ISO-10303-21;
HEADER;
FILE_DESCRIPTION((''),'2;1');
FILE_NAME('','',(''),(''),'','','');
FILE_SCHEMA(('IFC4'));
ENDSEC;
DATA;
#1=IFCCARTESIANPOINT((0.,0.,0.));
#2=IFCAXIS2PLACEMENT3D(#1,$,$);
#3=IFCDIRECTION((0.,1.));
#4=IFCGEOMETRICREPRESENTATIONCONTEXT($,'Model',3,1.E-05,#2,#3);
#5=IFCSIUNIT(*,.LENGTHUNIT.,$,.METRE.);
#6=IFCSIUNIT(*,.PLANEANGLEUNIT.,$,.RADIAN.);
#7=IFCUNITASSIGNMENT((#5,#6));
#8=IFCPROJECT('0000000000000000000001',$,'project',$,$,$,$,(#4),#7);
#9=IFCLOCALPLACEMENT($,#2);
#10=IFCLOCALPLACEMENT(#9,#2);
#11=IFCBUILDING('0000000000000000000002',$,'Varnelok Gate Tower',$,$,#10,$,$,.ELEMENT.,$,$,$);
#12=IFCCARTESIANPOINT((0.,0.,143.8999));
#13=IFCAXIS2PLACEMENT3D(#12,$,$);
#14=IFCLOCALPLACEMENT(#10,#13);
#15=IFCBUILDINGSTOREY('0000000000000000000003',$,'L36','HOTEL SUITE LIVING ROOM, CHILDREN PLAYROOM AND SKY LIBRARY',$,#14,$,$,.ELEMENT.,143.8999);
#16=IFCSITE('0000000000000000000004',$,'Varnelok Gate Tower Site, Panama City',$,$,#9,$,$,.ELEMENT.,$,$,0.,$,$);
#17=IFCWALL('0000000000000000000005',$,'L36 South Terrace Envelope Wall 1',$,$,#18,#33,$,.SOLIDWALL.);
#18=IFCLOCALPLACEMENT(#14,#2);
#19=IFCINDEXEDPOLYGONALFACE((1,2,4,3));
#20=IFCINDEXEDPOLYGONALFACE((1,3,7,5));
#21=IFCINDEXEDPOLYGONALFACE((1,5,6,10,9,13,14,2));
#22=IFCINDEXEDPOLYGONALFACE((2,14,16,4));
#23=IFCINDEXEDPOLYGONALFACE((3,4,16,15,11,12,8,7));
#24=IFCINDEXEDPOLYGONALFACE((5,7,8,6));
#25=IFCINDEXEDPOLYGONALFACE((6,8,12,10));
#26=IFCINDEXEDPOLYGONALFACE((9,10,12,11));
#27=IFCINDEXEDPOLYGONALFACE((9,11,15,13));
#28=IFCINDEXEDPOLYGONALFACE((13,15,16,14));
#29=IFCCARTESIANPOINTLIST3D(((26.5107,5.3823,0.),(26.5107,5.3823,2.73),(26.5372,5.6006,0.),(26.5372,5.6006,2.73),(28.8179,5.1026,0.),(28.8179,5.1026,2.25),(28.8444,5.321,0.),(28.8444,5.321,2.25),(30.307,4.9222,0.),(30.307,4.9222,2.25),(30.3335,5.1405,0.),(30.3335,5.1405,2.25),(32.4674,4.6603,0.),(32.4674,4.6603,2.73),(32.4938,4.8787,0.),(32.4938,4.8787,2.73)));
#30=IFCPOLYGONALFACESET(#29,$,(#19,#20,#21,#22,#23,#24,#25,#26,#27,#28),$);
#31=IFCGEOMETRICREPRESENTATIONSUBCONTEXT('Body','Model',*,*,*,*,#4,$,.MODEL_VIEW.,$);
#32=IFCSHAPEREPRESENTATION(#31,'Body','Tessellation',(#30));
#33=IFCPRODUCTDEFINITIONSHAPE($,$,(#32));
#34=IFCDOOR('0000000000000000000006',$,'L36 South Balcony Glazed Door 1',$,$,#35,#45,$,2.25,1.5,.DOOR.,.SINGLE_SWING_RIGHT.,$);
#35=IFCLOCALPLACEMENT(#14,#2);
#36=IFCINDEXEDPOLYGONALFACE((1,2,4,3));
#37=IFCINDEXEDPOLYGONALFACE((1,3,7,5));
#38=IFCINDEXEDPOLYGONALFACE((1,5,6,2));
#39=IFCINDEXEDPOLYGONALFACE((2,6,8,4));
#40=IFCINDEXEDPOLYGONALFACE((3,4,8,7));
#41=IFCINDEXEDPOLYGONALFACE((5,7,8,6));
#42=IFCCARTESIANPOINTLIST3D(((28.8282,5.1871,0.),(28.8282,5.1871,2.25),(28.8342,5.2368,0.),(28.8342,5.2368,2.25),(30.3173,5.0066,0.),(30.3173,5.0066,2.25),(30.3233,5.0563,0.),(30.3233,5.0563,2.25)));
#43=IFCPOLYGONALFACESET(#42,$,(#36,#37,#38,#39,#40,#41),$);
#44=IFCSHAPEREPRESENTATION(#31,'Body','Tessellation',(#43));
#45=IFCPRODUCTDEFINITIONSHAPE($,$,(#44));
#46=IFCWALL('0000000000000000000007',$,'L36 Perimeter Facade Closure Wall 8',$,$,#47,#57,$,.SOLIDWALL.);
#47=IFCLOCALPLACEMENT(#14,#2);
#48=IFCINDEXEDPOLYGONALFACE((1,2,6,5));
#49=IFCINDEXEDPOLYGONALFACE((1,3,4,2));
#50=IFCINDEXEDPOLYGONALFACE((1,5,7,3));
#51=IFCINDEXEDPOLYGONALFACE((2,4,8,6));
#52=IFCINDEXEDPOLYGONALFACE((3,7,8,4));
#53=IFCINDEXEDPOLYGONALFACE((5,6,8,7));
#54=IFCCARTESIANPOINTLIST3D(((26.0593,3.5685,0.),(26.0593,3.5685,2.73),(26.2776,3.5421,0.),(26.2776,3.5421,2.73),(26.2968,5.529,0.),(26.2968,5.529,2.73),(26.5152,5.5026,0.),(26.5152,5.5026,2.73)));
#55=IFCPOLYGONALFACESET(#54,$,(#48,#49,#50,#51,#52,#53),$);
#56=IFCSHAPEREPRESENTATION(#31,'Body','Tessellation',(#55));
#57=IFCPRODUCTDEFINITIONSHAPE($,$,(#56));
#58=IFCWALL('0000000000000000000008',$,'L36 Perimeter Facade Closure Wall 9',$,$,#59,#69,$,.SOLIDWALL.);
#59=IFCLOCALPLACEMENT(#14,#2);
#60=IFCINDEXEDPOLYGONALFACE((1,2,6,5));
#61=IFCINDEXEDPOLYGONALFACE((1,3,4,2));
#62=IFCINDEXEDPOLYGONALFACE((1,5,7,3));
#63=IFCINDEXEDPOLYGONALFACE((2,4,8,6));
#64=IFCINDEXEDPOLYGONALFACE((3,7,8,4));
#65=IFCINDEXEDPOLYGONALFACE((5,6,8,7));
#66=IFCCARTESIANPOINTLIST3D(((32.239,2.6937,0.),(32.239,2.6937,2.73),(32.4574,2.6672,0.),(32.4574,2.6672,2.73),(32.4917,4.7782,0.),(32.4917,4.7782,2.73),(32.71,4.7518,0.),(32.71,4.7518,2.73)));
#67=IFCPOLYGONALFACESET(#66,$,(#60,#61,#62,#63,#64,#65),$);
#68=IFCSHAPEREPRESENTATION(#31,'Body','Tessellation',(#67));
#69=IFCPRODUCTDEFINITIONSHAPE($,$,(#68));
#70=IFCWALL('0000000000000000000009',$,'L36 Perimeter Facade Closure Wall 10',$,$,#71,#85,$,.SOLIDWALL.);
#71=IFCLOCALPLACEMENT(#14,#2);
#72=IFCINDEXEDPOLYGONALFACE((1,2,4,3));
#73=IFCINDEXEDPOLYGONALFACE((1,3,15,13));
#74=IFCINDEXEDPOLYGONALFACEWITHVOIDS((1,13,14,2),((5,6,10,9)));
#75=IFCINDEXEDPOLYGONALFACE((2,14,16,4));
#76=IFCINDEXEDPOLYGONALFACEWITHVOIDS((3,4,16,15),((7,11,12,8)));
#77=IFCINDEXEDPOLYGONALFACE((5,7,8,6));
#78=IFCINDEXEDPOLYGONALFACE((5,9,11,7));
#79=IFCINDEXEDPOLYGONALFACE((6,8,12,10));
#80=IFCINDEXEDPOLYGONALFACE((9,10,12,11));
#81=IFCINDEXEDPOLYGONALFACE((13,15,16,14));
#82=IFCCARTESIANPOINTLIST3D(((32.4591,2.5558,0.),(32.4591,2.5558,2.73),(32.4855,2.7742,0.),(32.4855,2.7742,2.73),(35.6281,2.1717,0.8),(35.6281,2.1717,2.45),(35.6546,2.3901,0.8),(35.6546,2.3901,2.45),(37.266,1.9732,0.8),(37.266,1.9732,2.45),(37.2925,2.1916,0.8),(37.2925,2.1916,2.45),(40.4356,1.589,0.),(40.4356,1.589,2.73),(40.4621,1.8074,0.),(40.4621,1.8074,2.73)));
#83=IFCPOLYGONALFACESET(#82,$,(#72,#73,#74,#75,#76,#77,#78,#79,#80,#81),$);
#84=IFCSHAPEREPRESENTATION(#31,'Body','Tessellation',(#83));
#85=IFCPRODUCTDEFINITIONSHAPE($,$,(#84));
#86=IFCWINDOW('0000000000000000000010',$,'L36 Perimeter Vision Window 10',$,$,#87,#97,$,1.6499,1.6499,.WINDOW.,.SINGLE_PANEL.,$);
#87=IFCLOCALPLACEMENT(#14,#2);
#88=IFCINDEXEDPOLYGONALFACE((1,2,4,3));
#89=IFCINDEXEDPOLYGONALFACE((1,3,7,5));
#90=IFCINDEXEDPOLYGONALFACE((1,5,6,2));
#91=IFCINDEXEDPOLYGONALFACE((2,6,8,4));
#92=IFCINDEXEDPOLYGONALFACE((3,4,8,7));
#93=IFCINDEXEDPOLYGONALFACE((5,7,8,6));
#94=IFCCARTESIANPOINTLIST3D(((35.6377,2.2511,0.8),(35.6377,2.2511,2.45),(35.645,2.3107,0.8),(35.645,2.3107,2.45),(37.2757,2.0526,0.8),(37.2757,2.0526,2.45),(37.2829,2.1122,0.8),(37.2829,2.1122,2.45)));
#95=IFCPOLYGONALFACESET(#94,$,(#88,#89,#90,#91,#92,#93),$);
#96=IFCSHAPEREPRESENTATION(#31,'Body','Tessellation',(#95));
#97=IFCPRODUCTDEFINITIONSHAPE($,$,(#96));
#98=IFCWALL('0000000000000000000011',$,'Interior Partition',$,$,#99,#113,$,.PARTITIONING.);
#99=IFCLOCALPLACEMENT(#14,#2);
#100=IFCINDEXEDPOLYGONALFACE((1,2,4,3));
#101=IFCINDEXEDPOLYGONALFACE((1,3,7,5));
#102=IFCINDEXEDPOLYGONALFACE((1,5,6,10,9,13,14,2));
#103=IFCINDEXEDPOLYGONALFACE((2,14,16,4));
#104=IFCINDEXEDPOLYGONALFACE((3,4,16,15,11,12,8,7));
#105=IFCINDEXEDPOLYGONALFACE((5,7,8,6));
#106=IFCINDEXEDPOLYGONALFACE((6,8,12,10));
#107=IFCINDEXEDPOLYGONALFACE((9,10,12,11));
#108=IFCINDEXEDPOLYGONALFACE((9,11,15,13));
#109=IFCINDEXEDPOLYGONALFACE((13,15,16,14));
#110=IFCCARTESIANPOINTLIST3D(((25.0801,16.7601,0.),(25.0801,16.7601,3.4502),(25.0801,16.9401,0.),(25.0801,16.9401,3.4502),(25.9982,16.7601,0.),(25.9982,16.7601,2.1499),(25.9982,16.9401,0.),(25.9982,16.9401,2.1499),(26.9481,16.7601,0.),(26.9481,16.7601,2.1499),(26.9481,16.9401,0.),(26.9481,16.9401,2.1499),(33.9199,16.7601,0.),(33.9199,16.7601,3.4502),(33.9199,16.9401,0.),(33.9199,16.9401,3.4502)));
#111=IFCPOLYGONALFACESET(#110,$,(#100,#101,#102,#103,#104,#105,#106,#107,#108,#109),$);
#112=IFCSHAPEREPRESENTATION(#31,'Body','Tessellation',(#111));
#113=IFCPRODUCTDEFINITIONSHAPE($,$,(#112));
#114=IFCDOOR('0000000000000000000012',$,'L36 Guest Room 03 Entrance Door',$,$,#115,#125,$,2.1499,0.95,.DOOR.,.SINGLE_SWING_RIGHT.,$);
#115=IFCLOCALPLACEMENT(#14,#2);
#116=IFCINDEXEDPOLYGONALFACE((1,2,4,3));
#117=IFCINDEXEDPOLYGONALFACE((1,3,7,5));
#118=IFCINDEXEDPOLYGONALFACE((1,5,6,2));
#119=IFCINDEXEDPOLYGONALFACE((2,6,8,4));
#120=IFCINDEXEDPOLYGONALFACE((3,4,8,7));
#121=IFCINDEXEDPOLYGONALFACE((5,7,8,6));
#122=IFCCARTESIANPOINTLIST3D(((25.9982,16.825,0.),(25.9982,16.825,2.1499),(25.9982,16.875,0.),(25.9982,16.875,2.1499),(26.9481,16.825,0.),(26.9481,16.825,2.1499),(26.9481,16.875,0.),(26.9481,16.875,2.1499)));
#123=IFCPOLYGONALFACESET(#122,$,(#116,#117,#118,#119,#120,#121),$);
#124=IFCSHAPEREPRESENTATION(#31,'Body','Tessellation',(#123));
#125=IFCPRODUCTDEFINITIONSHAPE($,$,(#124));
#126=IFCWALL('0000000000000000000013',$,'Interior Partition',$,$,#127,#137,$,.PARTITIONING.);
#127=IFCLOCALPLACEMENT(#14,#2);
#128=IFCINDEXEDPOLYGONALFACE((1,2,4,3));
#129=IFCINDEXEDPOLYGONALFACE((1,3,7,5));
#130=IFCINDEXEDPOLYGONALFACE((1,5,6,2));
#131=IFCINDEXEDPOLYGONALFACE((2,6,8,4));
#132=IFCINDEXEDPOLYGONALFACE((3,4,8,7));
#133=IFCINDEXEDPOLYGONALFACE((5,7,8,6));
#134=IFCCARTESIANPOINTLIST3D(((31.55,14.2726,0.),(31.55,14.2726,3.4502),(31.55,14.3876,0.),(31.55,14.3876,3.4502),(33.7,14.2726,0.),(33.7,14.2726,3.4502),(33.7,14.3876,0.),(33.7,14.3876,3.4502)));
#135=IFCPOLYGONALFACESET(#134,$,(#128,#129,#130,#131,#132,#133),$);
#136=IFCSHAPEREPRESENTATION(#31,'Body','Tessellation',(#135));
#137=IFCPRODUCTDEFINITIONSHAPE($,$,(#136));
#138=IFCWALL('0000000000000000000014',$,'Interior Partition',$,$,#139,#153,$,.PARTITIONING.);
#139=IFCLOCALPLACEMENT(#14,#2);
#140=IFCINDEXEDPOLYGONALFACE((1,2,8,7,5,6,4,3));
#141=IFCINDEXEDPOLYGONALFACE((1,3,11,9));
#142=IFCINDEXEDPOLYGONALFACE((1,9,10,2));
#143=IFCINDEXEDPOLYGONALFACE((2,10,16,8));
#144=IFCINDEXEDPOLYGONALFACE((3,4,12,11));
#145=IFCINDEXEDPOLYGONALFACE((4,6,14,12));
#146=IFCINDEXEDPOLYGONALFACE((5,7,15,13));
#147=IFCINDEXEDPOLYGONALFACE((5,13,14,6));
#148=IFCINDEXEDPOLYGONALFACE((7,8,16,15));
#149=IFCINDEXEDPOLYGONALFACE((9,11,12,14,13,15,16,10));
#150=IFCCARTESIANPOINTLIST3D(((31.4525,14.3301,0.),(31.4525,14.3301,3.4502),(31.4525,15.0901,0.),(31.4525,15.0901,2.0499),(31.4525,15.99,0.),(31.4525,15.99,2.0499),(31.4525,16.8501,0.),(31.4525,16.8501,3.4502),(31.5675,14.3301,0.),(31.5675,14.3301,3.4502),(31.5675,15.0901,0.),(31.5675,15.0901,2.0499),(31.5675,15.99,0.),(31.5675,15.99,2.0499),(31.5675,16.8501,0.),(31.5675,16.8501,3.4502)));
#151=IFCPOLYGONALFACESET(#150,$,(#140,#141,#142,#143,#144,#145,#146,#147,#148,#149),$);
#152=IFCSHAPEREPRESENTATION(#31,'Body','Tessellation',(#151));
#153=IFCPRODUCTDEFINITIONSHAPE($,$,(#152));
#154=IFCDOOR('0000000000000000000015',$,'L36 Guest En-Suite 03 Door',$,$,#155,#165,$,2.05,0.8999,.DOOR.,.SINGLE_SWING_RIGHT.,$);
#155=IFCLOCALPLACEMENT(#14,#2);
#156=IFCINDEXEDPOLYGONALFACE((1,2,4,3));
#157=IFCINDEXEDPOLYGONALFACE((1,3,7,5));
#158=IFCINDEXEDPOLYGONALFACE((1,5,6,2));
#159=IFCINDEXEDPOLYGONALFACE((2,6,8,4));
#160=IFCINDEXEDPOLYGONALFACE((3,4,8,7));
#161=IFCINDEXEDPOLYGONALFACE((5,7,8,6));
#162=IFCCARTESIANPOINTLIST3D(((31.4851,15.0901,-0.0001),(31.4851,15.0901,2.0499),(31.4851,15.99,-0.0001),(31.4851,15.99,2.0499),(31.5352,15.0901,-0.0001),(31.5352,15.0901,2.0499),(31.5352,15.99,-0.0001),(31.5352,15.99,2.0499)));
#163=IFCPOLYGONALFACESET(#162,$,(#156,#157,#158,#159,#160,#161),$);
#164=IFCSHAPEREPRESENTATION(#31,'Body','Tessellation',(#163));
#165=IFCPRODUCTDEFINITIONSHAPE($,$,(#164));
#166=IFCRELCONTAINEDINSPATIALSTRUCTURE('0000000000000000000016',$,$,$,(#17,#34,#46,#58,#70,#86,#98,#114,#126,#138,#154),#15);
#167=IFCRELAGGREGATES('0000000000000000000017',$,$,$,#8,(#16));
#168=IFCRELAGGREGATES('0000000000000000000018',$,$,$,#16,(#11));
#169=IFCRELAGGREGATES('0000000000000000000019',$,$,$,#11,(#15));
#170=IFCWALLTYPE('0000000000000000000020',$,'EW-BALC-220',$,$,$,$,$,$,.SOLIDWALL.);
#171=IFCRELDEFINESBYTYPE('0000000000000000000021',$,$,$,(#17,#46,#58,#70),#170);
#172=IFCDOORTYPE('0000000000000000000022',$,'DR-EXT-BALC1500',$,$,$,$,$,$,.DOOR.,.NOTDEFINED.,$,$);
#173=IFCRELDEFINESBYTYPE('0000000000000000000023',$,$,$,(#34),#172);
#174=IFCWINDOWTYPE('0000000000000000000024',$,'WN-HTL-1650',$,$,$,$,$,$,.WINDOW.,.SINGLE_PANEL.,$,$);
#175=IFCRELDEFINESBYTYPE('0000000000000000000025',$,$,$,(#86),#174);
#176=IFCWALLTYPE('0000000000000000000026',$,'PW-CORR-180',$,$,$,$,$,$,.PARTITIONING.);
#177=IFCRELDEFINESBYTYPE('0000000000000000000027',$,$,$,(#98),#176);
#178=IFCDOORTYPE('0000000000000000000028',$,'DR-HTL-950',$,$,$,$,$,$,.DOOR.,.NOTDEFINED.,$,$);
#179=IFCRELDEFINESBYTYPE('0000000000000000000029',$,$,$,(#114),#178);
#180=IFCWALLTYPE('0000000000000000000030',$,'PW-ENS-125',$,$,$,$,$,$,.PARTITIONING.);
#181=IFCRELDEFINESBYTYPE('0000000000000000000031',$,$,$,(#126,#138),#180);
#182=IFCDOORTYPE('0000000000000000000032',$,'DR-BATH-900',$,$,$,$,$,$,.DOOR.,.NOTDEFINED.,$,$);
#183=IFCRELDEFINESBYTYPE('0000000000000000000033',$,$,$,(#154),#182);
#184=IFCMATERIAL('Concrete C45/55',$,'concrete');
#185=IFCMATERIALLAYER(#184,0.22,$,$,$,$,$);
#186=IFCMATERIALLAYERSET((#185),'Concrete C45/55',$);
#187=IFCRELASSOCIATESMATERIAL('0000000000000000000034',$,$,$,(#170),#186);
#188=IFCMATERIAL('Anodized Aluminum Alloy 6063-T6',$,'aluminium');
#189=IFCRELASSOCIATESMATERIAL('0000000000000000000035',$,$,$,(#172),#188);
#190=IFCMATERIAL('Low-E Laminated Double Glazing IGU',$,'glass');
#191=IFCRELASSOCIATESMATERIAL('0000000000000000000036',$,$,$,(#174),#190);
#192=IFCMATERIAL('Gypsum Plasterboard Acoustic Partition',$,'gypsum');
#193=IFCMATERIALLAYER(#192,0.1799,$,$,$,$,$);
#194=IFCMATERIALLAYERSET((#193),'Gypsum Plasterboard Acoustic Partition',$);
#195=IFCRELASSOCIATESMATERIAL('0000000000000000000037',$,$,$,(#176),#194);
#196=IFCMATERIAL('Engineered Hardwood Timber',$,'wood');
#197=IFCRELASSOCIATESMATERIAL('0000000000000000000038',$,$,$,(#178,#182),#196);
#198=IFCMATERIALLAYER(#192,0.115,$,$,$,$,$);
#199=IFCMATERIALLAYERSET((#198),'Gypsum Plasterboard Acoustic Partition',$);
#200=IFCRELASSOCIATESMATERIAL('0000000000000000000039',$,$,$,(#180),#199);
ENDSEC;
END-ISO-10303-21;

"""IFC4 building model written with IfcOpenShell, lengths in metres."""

from ifc_helpers import new_model, si_unit, direction, frame, frame_2d, origin, place, context, subcontext, project, spatial, rectangle, extrude, material, layer, layer_set, type_object, element, fill, save


model = new_model("IFC4")

# Units and contexts
model_context = context("Model", 3, precision=1e-05, world=origin(), true_north=direction((0.0, 1.0)))
body_context = subcontext(model_context, "Body", "Model", "MODEL_VIEW")
ifc_project = project(units=[si_unit("LENGTHUNIT", "METRE"), si_unit("PLANEANGLEUNIT", "RADIAN")], contexts=[model_context])

# Site, building, storey
site_placement = place(None, origin())
site = spatial("IfcSite", under=ifc_project, at=site_placement, Name="Varnelok Gate Tower Site, Panama City", CompositionType="ELEMENT", RefElevation=0.0)
building_placement = place(site_placement, origin())
building = spatial("IfcBuilding", under=site, at=building_placement, Name="Varnelok Gate Tower", CompositionType="ELEMENT")
storey_placement = place(building_placement, frame((0.0, 0.0, 143.8999)))
storey = spatial("IfcBuildingStorey", under=building, at=storey_placement, Name="L36", Description="HOTEL SUITE LIVING ROOM, CHILDREN PLAYROOM AND SKY LIBRARY", CompositionType="ELEMENT", Elevation=143.8999)

# Wall, opening, door
ifc_material_1 = material(Name="Concrete C45/55", Category="concrete")
ifc_layer_1 = layer(ifc_material_1, 0.22)
ifc_layer_set_1 = layer_set([ifc_layer_1], Name="Concrete C45/55")
wall_type_1 = type_object("IfcWallType", Name="EW-BALC-220", PredefinedType="SOLIDWALL", material=ifc_layer_set_1)
wall_1_placement = place(storey_placement, frame((32.4805, 4.7695, 0.0), z_axis=(0.0, 0.0, 1.0), x_axis=(-0.992735, 0.120318, 0.0)))
wall_1 = element("IfcWall", 1, at=wall_1_placement, inside=storey, type_object=wall_type_1, Name="L36 South Terrace Envelope Wall 1", PredefinedType="SOLIDWALL", context=body_context, shape_type="SweptSolid", body=[
    extrude(rectangle(XDim=6.0002, YDim=0.22, at=frame_2d((3.0, 0.0))), origin(), (0.0, 0.0, 1.0), 2.73),
])
opening_1_placement = place(wall_1_placement, frame((2.176, 0.0, 0.0)))
opening_1 = element("IfcOpeningElement", 2, at=opening_1_placement, cuts=wall_1, PredefinedType="OPENING", context=body_context, shape_type="SweptSolid", body=[
    extrude(rectangle(XDim=1.5, YDim=2.25, at=frame_2d((0.75, 1.125))), frame((0.0, 0.1199, 0.0), z_axis=(0.0, -1.0, 0.0), x_axis=(1.0, 0.0, 0.0)), (0.0, 0.0, 1.0), 0.24),
])
ifc_material_2 = material(Name="Anodized Aluminum Alloy 6063-T6", Category="aluminium")
door_type_1 = type_object("IfcDoorType", Name="DR-EXT-BALC1500", OperationType="NOTDEFINED", PredefinedType="DOOR", material=ifc_material_2)
door_1_placement = place(opening_1_placement, origin())
door_1 = element("IfcDoor", 3, at=door_1_placement, inside=storey, type_object=door_type_1, Name="L36 South Balcony Glazed Door 1", OperationType="SINGLE_SWING_RIGHT", OverallHeight=2.25, OverallWidth=1.5, PredefinedType="DOOR", context=body_context, shape_type="SweptSolid", body=[
    extrude(rectangle(XDim=1.5, YDim=2.25, at=frame_2d((0.75, 1.125))), frame((0.0, 0.0249, 0.0), z_axis=(0.0, -1.0, 0.0), x_axis=(1.0, 0.0, 0.0)), (0.0, 0.0, 1.0), 0.05),
])
fill(opening_1, door_1)

# Walls
wall_2_placement = place(storey_placement, frame((26.1685, 3.5554, 0.0), z_axis=(0.0, 0.0, 1.0), x_axis=(0.120291, 0.992739, 0.0)))
element("IfcWall", 4, at=wall_2_placement, inside=storey, type_object=wall_type_1, Name="L36 Perimeter Facade Closure Wall 8", PredefinedType="SOLIDWALL", context=body_context, shape_type="SweptSolid", body=[
    extrude(rectangle(XDim=1.9749, YDim=0.22, at=frame_2d((0.9873, 0.0))), origin(), (0.0, 0.0, 1.0), 2.73),
])
wall_3_placement = place(storey_placement, frame((32.6008, 4.7649, 0.0), z_axis=(0.0, 0.0, 1.0), x_axis=(-0.120328, -0.992734, 0.0)))
element("IfcWall", 5, at=wall_3_placement, inside=storey, type_object=wall_type_1, Name="L36 Perimeter Facade Closure Wall 9", PredefinedType="SOLIDWALL", context=body_context, shape_type="SweptSolid", body=[
    extrude(rectangle(XDim=2.0999, YDim=0.22, at=frame_2d((1.0498, 0.0))), origin(), (0.0, 0.0, 1.0), 2.73),
])

# Wall, opening, window
wall_4_placement = place(storey_placement, frame((32.4722, 2.665, 0.0), z_axis=(0.0, 0.0, 1.0), x_axis=(0.992735, -0.120324, 0.0)))
wall_4 = element("IfcWall", 6, at=wall_4_placement, inside=storey, type_object=wall_type_1, Name="L36 Perimeter Facade Closure Wall 10", PredefinedType="SOLIDWALL", context=body_context, shape_type="SweptSolid", body=[
    extrude(rectangle(XDim=8.0349, YDim=0.22, at=frame_2d((4.0176, 0.0))), origin(), (0.0, 0.0, 1.0), 2.73),
])
opening_2_placement = place(wall_4_placement, frame((3.1924, 0.0, 0.8)))
opening_2 = element("IfcOpeningElement", 7, at=opening_2_placement, cuts=wall_4, PredefinedType="OPENING", context=body_context, shape_type="SweptSolid", body=[
    extrude(rectangle(XDim=1.6499, YDim=1.6499, at=frame_2d((0.825, 0.825))), frame((0.0, 0.1199, 0.0), z_axis=(0.0, -1.0, 0.0), x_axis=(1.0, 0.0, 0.0)), (0.0, 0.0, 1.0), 0.24),
])
ifc_material_3 = material(Name="Low-E Laminated Double Glazing IGU", Category="glass")
window_type = type_object("IfcWindowType", Name="WN-HTL-1650", PartitioningType="SINGLE_PANEL", PredefinedType="WINDOW", material=ifc_material_3)
window_placement = place(opening_2_placement, origin())
window = element("IfcWindow", 8, at=window_placement, inside=storey, type_object=window_type, Name="L36 Perimeter Vision Window 10", OverallHeight=1.6499, OverallWidth=1.6499, PartitioningType="SINGLE_PANEL", PredefinedType="WINDOW", context=body_context, shape_type="SweptSolid", body=[
    extrude(rectangle(XDim=1.6499, YDim=1.6499, at=frame_2d((0.825, 0.825))), frame((0.0, 0.03, 0.0), z_axis=(0.0, -1.0, 0.0), x_axis=(1.0, 0.0, 0.0)), (0.0, 0.0, 1.0), 0.0601),
])
fill(opening_2, window)

# Wall, opening, door
ifc_material_4 = material(Name="Gypsum Plasterboard Acoustic Partition", Category="gypsum")
ifc_layer_2 = layer(ifc_material_4, 0.1799)
ifc_layer_set_2 = layer_set([ifc_layer_2], Name="Gypsum Plasterboard Acoustic Partition")
wall_type_2 = type_object("IfcWallType", Name="PW-CORR-180", PredefinedType="PARTITIONING", material=ifc_layer_set_2)
wall_5_placement = place(storey_placement, frame((25.0801, 16.8501, 0.0), z_axis=(0.0, 0.0, 1.0), x_axis=(1.0, 0.0, 0.0)))
wall_5 = element("IfcWall", 9, at=wall_5_placement, inside=storey, type_object=wall_type_2, Name="Interior Partition", PredefinedType="PARTITIONING", context=body_context, shape_type="SweptSolid", body=[
    extrude(rectangle(XDim=8.8398, YDim=0.1799, at=frame_2d((4.4199, 0.0))), origin(), (0.0, 0.0, 1.0), 3.4502),
])
opening_3_placement = place(wall_5_placement, frame((0.918, 0.0, 0.0)))
opening_3 = element("IfcOpeningElement", 10, at=opening_3_placement, cuts=wall_5, PredefinedType="OPENING", context=body_context, shape_type="SweptSolid", body=[
    extrude(rectangle(XDim=0.95, YDim=2.1499, at=frame_2d((0.4751, 1.075))), frame((0.0, 0.0999, 0.0), z_axis=(0.0, -1.0, 0.0), x_axis=(1.0, 0.0, 0.0)), (0.0, 0.0, 1.0), 0.2),
])
ifc_material_5 = material(Name="Engineered Hardwood Timber", Category="wood")
door_type_2 = type_object("IfcDoorType", Name="DR-HTL-950", OperationType="NOTDEFINED", PredefinedType="DOOR", material=ifc_material_5)
door_2_placement = place(opening_3_placement, origin())
door_2 = element("IfcDoor", 11, at=door_2_placement, inside=storey, type_object=door_type_2, Name="L36 Guest Room 03 Entrance Door", OperationType="SINGLE_SWING_RIGHT", OverallHeight=2.1499, OverallWidth=0.95, PredefinedType="DOOR", context=body_context, shape_type="SweptSolid", body=[
    extrude(rectangle(XDim=0.95, YDim=2.1499, at=frame_2d((0.4751, 1.075))), frame((0.0, 0.0249, 0.0), z_axis=(0.0, -1.0, 0.0), x_axis=(1.0, 0.0, 0.0)), (0.0, 0.0, 1.0), 0.05),
])
fill(opening_3, door_2)

# Wall
ifc_layer_3 = layer(ifc_material_4, 0.115)
ifc_layer_set_3 = layer_set([ifc_layer_3], Name="Gypsum Plasterboard Acoustic Partition")
wall_type_3 = type_object("IfcWallType", Name="PW-ENS-125", PredefinedType="PARTITIONING", material=ifc_layer_set_3)
wall_6_placement = place(storey_placement, frame((31.55, 14.3301, 0.0), z_axis=(0.0, 0.0, 1.0), x_axis=(1.0, 0.0, 0.0)))
element("IfcWall", 12, at=wall_6_placement, inside=storey, type_object=wall_type_3, Name="Interior Partition", PredefinedType="PARTITIONING", context=body_context, shape_type="SweptSolid", body=[
    extrude(rectangle(XDim=2.1499, YDim=0.115, at=frame_2d((1.075, 0.0))), origin(), (0.0, 0.0, 1.0), 3.4502),
])

# Wall, opening, door
wall_7_placement = place(storey_placement, frame((31.51, 14.3301, 0.0), z_axis=(0.0, 0.0, 1.0), x_axis=(0.0, 1.0, 0.0)))
wall_7 = element("IfcWall", 13, at=wall_7_placement, inside=storey, type_object=wall_type_3, Name="Interior Partition", PredefinedType="PARTITIONING", context=body_context, shape_type="SweptSolid", body=[
    extrude(rectangle(XDim=2.52, YDim=0.115, at=frame_2d((1.26, 0.0))), origin(), (0.0, 0.0, 1.0), 3.4502),
])
opening_4_placement = place(wall_7_placement, frame((0.76, 0.0, 0.0)))
opening_4 = element("IfcOpeningElement", 14, at=opening_4_placement, cuts=wall_7, PredefinedType="OPENING", context=body_context, shape_type="SweptSolid", body=[
    extrude(rectangle(XDim=0.8999, YDim=2.05, at=frame_2d((0.45, 1.0249))), frame((0.0, 0.0674, 0.0), z_axis=(0.0, -1.0, 0.0), x_axis=(1.0, 0.0, 0.0)), (0.0, 0.0, 1.0), 0.135),
])
door_type_3 = type_object("IfcDoorType", Name="DR-BATH-900", OperationType="NOTDEFINED", PredefinedType="DOOR", material=ifc_material_5)
door_3_placement = place(opening_4_placement, origin())
door_3 = element("IfcDoor", 15, at=door_3_placement, inside=storey, type_object=door_type_3, Name="L36 Guest En-Suite 03 Door", OperationType="SINGLE_SWING_RIGHT", OverallHeight=2.05, OverallWidth=0.8999, PredefinedType="DOOR", context=body_context, shape_type="SweptSolid", body=[
    extrude(rectangle(XDim=0.8999, YDim=2.05, at=frame_2d((0.45, 1.0249))), frame((0.0, 0.0249, 0.0), z_axis=(0.0, -1.0, 0.0), x_axis=(1.0, 0.0, 0.0)), (0.0, 0.0, 1.0), 0.05),
])
fill(opening_4, door_3)

save(model, "model.ifc")
